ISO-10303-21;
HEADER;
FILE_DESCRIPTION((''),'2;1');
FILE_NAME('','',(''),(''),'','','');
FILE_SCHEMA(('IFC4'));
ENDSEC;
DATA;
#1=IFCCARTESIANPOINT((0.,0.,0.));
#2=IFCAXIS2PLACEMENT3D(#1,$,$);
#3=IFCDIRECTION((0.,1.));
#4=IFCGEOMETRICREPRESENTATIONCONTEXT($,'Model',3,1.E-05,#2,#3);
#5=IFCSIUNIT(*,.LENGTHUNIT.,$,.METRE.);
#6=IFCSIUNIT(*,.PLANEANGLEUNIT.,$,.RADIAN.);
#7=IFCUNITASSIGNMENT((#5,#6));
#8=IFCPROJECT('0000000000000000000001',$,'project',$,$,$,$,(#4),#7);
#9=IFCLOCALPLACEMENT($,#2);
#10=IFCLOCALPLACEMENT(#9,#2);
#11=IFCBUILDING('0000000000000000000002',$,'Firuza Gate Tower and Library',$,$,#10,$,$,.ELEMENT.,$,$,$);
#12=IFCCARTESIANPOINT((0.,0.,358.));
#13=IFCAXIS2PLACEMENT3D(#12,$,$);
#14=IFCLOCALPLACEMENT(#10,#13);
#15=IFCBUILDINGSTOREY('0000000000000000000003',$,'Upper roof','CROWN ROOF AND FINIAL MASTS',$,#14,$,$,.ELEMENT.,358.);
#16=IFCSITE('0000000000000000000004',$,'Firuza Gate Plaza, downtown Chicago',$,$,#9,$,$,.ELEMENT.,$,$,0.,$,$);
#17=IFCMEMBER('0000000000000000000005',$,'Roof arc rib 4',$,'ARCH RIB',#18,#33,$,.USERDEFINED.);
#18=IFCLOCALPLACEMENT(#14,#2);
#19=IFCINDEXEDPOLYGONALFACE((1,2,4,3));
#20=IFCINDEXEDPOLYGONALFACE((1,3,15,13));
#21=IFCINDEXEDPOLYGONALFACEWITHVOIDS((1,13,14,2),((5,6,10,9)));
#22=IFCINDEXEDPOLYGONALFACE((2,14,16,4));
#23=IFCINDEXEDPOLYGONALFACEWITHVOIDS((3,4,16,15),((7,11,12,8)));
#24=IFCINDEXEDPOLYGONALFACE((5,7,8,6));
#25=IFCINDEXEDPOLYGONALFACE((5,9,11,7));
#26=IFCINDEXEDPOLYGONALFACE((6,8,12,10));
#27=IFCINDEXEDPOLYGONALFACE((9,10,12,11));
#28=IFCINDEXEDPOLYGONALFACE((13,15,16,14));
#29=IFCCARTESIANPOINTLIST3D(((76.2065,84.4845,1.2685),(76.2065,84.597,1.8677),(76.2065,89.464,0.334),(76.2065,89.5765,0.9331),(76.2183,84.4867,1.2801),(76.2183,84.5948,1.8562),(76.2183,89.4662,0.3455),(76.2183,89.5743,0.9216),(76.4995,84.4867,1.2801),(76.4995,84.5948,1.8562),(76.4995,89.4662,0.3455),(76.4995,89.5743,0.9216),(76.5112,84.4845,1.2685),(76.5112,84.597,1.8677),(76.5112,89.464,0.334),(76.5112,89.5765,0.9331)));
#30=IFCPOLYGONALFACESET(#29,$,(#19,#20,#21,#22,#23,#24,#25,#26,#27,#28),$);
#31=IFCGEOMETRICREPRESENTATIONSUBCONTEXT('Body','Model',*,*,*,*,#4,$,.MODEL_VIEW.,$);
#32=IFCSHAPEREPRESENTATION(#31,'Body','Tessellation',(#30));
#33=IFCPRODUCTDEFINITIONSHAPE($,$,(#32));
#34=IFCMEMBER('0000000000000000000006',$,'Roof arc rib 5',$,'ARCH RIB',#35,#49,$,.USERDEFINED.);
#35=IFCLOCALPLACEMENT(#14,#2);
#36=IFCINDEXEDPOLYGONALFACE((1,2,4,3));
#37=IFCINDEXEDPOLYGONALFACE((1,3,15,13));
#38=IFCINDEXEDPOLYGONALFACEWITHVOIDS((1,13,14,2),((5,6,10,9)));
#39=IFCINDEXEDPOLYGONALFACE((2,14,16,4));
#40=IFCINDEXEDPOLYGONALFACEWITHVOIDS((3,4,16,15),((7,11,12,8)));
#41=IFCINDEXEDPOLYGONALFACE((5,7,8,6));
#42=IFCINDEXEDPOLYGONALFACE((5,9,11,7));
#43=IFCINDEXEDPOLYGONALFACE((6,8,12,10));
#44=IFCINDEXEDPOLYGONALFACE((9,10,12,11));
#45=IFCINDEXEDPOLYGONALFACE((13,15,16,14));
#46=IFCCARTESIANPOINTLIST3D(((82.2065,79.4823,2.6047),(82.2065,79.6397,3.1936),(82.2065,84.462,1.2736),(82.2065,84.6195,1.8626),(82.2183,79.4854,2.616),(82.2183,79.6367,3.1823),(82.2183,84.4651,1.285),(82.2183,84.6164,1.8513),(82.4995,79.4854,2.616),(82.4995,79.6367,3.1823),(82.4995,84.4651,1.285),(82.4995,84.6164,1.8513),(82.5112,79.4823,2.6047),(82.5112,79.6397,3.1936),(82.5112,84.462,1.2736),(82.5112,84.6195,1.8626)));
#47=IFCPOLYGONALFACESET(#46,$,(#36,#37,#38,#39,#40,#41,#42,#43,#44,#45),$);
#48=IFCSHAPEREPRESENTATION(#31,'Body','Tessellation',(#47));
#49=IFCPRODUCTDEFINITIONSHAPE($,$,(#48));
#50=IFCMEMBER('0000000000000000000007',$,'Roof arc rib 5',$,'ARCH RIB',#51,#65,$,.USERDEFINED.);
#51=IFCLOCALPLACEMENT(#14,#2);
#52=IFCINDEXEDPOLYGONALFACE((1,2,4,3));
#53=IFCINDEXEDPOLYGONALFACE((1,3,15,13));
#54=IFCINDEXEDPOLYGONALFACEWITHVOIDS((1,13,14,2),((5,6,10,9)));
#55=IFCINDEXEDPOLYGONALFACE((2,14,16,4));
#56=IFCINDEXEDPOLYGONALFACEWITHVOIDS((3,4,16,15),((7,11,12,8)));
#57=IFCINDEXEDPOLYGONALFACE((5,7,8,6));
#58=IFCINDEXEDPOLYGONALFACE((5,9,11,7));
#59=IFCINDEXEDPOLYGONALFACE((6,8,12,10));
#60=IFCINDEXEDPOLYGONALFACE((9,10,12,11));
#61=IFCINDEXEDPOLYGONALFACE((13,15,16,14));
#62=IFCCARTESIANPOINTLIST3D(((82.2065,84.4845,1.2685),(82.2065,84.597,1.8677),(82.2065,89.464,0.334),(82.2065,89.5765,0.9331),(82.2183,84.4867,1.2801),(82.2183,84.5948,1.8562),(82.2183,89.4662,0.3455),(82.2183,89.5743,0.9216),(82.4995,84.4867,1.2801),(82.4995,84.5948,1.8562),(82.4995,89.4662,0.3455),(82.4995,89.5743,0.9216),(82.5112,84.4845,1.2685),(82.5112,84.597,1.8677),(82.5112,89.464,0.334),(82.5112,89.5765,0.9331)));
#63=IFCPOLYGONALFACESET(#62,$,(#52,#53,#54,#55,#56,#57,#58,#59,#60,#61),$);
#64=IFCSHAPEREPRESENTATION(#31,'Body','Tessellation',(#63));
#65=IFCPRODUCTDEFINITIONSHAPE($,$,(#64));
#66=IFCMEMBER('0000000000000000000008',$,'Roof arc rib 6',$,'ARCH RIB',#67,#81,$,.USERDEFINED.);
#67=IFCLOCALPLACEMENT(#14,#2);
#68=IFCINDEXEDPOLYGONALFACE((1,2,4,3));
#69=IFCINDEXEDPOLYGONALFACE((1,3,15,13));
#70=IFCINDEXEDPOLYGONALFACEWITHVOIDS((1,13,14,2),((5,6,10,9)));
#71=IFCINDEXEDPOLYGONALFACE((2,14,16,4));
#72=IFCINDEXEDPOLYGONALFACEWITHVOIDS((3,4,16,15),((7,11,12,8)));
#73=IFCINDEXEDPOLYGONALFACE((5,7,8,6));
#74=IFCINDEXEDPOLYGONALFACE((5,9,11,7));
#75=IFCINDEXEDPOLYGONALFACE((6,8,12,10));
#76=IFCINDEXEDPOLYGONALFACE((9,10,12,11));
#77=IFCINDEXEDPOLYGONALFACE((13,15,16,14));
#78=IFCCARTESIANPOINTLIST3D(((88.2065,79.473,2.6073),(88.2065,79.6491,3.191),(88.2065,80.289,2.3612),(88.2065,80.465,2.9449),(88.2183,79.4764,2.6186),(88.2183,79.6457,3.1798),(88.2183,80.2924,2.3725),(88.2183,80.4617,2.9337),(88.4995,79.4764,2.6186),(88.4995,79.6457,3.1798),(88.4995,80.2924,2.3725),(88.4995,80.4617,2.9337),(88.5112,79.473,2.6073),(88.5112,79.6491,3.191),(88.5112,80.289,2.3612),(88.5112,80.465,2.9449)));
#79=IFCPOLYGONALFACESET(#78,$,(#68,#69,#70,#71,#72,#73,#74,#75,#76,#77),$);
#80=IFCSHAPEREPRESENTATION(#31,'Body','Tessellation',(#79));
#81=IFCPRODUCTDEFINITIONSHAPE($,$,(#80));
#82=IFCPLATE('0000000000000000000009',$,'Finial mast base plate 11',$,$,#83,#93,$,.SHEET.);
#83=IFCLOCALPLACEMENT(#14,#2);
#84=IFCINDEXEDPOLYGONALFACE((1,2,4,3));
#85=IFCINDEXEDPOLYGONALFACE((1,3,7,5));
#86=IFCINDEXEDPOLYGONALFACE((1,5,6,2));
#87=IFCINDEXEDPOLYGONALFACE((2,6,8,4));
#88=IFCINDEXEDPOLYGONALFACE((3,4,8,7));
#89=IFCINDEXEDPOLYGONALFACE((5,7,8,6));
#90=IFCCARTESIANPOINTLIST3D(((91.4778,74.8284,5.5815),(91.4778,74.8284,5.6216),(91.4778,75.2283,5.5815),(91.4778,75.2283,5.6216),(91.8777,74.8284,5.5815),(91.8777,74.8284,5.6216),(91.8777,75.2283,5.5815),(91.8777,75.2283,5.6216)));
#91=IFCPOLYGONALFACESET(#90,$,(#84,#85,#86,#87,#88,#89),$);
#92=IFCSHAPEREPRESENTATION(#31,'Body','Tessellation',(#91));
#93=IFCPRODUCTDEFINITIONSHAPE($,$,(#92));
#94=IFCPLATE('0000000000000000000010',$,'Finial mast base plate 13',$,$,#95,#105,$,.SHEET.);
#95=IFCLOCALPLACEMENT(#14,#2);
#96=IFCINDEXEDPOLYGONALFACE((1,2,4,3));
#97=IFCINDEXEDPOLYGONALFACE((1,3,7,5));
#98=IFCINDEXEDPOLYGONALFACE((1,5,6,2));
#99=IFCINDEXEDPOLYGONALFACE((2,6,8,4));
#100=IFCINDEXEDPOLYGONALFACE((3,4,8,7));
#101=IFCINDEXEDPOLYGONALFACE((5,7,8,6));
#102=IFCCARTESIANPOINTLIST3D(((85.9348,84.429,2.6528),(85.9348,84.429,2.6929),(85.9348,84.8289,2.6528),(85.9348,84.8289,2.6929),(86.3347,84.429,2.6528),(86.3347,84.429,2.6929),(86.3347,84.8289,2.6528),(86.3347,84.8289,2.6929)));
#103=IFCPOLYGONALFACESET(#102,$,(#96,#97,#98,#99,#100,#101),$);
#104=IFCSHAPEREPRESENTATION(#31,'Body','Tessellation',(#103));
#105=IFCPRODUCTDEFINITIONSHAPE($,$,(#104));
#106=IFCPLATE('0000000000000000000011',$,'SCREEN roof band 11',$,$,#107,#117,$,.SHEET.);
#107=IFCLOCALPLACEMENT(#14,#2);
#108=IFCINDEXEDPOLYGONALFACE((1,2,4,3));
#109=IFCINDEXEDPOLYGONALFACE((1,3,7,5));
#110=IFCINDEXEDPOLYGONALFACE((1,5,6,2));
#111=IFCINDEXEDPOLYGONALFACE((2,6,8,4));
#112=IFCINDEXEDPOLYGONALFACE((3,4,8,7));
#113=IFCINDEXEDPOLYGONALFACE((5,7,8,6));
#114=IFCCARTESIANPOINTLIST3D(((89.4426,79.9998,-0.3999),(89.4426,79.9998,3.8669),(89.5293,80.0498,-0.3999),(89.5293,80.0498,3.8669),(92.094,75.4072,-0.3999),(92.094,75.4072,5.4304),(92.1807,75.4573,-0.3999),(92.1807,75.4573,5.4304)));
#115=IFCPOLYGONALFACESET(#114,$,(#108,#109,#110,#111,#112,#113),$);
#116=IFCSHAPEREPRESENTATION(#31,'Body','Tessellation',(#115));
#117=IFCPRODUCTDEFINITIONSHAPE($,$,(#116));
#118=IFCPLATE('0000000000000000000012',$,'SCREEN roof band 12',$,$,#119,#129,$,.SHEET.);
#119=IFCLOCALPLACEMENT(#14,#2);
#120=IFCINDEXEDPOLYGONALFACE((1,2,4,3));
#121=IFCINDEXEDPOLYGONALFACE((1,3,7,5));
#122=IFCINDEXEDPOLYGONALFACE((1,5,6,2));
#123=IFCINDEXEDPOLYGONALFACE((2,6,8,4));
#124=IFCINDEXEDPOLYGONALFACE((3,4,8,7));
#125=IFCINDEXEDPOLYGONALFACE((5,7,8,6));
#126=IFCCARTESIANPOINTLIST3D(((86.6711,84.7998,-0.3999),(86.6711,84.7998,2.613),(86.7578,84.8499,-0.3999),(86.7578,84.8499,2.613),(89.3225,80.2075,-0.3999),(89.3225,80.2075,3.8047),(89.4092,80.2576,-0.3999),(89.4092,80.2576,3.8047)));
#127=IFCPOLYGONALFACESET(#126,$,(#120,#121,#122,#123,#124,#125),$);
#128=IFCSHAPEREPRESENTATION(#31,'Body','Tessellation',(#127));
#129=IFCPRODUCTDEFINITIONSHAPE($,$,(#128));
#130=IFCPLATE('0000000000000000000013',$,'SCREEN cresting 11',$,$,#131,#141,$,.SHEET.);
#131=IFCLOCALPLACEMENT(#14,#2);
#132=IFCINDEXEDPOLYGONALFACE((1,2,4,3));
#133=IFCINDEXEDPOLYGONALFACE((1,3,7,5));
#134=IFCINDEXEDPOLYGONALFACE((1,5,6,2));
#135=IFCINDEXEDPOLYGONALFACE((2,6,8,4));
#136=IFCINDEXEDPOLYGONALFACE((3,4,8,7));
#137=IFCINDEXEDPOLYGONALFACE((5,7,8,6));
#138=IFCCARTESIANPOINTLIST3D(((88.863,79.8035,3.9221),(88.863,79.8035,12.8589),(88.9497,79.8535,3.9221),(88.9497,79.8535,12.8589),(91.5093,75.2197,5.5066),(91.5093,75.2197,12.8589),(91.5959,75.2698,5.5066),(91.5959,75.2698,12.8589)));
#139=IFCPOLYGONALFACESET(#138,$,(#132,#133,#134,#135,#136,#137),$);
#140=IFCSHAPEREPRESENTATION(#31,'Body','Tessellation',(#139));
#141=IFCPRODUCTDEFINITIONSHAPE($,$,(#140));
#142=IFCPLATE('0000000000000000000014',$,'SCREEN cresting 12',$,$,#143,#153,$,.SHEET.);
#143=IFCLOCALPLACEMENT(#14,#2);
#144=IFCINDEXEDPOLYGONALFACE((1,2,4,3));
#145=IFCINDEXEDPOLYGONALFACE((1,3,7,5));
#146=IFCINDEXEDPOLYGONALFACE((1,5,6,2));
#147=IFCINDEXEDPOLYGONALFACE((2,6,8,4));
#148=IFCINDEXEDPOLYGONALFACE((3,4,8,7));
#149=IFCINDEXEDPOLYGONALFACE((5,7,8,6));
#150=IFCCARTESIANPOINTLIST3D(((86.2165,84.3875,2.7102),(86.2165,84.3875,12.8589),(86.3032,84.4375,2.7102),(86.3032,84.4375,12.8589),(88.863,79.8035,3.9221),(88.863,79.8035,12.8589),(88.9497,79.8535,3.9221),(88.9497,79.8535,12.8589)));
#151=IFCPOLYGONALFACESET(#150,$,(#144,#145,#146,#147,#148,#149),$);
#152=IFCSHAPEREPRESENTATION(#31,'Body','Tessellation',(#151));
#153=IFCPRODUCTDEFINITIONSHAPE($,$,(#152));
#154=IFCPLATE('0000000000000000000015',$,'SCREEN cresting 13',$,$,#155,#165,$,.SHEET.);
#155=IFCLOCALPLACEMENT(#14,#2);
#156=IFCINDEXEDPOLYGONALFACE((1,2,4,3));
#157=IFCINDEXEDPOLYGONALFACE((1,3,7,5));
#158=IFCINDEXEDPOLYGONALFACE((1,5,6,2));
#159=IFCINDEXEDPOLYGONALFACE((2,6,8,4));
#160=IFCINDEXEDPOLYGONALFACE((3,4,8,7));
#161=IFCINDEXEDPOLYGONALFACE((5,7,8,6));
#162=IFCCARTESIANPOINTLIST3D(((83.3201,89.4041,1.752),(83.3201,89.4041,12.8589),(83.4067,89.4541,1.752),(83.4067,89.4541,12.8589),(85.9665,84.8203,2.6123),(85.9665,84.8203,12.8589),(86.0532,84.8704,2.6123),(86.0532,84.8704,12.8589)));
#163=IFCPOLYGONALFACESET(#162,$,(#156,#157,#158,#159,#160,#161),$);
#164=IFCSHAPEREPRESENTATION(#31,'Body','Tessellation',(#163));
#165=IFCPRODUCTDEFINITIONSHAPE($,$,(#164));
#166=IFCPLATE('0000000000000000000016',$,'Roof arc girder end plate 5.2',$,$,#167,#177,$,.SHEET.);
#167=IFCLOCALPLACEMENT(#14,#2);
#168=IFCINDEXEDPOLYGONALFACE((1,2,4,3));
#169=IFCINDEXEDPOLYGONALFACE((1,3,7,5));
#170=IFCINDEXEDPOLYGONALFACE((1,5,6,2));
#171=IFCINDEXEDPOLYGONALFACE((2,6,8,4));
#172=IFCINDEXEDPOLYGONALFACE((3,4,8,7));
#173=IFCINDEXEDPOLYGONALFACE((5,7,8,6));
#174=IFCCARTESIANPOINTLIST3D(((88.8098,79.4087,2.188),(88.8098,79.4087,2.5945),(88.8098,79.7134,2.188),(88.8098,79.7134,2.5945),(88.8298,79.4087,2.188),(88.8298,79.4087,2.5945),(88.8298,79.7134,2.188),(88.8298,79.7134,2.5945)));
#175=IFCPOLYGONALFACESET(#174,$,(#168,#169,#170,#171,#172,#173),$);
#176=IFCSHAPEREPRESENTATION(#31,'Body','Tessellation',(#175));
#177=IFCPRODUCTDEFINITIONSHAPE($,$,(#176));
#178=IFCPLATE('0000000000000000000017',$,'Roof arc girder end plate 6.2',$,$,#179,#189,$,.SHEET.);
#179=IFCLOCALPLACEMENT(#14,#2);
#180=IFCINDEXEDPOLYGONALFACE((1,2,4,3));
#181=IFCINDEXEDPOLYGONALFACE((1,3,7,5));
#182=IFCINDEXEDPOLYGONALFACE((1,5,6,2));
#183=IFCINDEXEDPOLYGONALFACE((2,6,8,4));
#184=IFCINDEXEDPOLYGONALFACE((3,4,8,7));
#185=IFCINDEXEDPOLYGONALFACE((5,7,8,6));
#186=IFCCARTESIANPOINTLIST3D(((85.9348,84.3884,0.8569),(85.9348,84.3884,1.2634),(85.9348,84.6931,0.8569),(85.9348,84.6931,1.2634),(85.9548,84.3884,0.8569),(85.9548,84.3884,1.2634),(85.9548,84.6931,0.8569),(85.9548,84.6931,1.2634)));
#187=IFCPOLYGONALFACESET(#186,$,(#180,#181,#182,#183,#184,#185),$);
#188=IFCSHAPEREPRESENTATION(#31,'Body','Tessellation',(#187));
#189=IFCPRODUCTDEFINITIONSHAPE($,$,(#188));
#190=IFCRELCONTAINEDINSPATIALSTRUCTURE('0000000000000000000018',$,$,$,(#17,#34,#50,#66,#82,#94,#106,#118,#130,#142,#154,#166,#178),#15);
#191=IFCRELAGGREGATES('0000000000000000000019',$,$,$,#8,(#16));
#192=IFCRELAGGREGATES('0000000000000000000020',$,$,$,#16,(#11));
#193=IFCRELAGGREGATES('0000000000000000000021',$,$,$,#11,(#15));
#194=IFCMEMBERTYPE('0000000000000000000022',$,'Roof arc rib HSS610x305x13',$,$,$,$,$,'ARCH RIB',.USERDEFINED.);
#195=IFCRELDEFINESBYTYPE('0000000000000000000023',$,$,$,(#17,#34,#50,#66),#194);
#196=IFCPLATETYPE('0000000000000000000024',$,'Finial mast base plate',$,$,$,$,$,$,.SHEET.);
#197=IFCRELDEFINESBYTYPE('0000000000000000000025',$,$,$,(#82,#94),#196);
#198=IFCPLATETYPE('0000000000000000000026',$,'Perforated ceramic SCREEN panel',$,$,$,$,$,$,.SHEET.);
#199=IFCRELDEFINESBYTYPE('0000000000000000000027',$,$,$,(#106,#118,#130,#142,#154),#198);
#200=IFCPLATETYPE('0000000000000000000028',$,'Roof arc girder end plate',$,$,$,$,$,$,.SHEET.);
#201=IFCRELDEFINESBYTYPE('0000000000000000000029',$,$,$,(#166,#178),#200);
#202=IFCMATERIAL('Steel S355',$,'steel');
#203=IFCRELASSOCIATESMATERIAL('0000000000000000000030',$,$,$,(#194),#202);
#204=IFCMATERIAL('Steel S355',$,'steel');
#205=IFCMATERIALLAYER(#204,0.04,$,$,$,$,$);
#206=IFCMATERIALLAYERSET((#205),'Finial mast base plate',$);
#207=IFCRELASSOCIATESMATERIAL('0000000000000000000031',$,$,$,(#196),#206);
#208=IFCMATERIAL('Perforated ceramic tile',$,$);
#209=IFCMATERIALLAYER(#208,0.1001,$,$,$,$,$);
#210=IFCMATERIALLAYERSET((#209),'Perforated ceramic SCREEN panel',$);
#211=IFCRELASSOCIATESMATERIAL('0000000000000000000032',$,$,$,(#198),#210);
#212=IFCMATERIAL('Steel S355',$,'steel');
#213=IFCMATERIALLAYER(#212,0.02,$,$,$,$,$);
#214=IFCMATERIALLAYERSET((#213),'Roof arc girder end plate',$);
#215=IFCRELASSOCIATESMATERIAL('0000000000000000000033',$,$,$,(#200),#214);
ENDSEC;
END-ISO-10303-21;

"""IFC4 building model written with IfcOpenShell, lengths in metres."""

from ifc_helpers import new_model, si_unit, direction, frame, origin, origin_2d, place, context, subcontext, project, spatial, polyline, rectangle, hollow_rectangle, outline, extrude, material, layer, layer_set, material_profile, profile_set, type_object, element, save


model = new_model("IFC4")

# Units and contexts
model_context = context("Model", 3, precision=1e-05, world=origin(), true_north=direction((0.0, 1.0)))
body_context = subcontext(model_context, "Body", "Model", "MODEL_VIEW")
ifc_project = project(units=[si_unit("LENGTHUNIT", "METRE"), si_unit("PLANEANGLEUNIT", "RADIAN")], contexts=[model_context])

# Site, building, storey
site_placement = place(None, origin())
site = spatial("IfcSite", under=ifc_project, at=site_placement, Name="Firuza Gate Plaza, downtown Chicago", CompositionType="ELEMENT", RefElevation=0.0)
building_placement = place(site_placement, origin())
building = spatial("IfcBuilding", under=site, at=building_placement, Name="Firuza Gate Tower and Library", CompositionType="ELEMENT")
storey_placement = place(building_placement, frame((0.0, 0.0, 358.0)))
storey = spatial("IfcBuildingStorey", under=building, at=storey_placement, Name="Upper roof", Description="CROWN ROOF AND FINIAL MASTS", CompositionType="ELEMENT", Elevation=358.0)

# Members
ifc_material_1 = material(Name="Steel S355", Category="steel")
ifc_material_profile_1 = material_profile(ifc_material_1, hollow_rectangle(XDim=0.3047, YDim=0.6096, WallThickness=0.0117, at=origin_2d()))
ifc_profile_set_1 = profile_set([ifc_material_profile_1], Name="Steel S355")
member_type_1 = type_object("IfcMemberType", Name="Roof arc rib HSS610x305x13", ElementType="ARCH RIB", PredefinedType="USERDEFINED", material=ifc_profile_set_1)
member_1_placement = place(storey_placement, frame((76.3589, 84.5408, 1.5681), z_axis=(0.0, 0.982839, -0.184463), x_axis=(-1.0, 0.0, 0.0)))
element("IfcMember", 1, at=member_1_placement, inside=storey, type_object=member_type_1, Name="Roof arc rib 4", ObjectType="ARCH RIB", PredefinedType="USERDEFINED", context=body_context, shape_type="SweptSolid", body=[
    extrude(hollow_rectangle(XDim=0.3047, YDim=0.6096, WallThickness=0.0117, at=origin_2d()), origin(), (0.0, 0.0, 1.0), 5.0664),
])
member_2_placement = place(storey_placement, frame((82.3589, 79.561, 2.8992), z_axis=(0.0, 0.966084, -0.258229), x_axis=(-1.0, 0.0, 0.0)))
element("IfcMember", 2, at=member_2_placement, inside=storey, type_object=member_type_1, Name="Roof arc rib 5", ObjectType="ARCH RIB", PredefinedType="USERDEFINED", context=body_context, shape_type="SweptSolid", body=[
    extrude(hollow_rectangle(XDim=0.3047, YDim=0.6096, WallThickness=0.0117, at=origin_2d()), origin(), (0.0, 0.0, 1.0), 5.1545),
])
member_3_placement = place(storey_placement, frame((82.3589, 84.5408, 1.5681), z_axis=(0.0, 0.982839, -0.184463), x_axis=(-1.0, 0.0, 0.0)))
element("IfcMember", 3, at=member_3_placement, inside=storey, type_object=member_type_1, Name="Roof arc rib 5", ObjectType="ARCH RIB", PredefinedType="USERDEFINED", context=body_context, shape_type="SweptSolid", body=[
    extrude(hollow_rectangle(XDim=0.3047, YDim=0.6096, WallThickness=0.0117, at=origin_2d()), origin(), (0.0, 0.0, 1.0), 5.0664),
])
member_4_placement = place(storey_placement, frame((88.3589, 79.561, 2.8992), z_axis=(0.0, 0.957399, -0.288767), x_axis=(-1.0, 0.0, 0.0)))
element("IfcMember", 4, at=member_4_placement, inside=storey, type_object=member_type_1, Name="Roof arc rib 6", ObjectType="ARCH RIB", PredefinedType="USERDEFINED", context=body_context, shape_type="SweptSolid", body=[
    extrude(hollow_rectangle(XDim=0.3047, YDim=0.6096, WallThickness=0.0117, at=origin_2d()), origin(), (0.0, 0.0, 1.0), 0.8523),
])

# Plates
ifc_material_2 = material(Name="Steel S355", Category="steel")
ifc_layer_1 = layer(ifc_material_2, 0.04)
ifc_layer_set_1 = layer_set([ifc_layer_1], Name="Finial mast base plate")
plate_type_1 = type_object("IfcPlateType", Name="Finial mast base plate", PredefinedType="SHEET", material=ifc_layer_set_1)
for number, where, z_axis, x_axis, name in (
    (5, (91.6777, 75.0283, 5.5815), (0.0, 0.0, 1.0), (1.0, 0.0, 0.0), "Finial mast base plate 11"),
    (6, (86.1348, 84.6289, 2.6528), (0.0, 0.0, 1.0), (1.0, 0.0, 0.0), "Finial mast base plate 13"),
):
    element("IfcPlate", number, at=place(storey_placement, frame(where, z_axis=z_axis, x_axis=x_axis)), inside=storey, type_object=plate_type_1, Name=name, PredefinedType="SHEET", context=body_context, shape_type="SweptSolid", body=[
        extrude(rectangle(XDim=0.3999, YDim=0.3999, at=origin_2d()), origin(), (0.0, 0.0, 1.0), 0.04),
    ])
ifc_material_3 = material(Name="Perforated ceramic tile")
ifc_layer_2 = layer(ifc_material_3, 0.1001)
ifc_layer_set_2 = layer_set([ifc_layer_2], Name="Perforated ceramic SCREEN panel")
plate_type_2 = type_object("IfcPlateType", Name="Perforated ceramic SCREEN panel", PredefinedType="SHEET", material=ifc_layer_set_2)
plate_1_placement = place(storey_placement, frame((92.1807, 75.4573, -0.3999), z_axis=(0.866036, 0.499981, 0.0), x_axis=(-0.499981, 0.866036, 0.0)))
element("IfcPlate", 7, at=plate_1_placement, inside=storey, type_object=plate_type_2, Name="SCREEN roof band 11", PredefinedType="SHEET", context=body_context, shape_type="SweptSolid", body=[
    extrude(outline(polyline([(0.0, 0.0), (5.3029, 0.0), (5.3029, 4.2668), (0.0, 5.8303), (0.0, 0.0)])), origin(), (0.0, 0.0, -1.0), 0.1001),
])
plate_2_placement = place(storey_placement, frame((89.4092, 80.2576, -0.3999), z_axis=(0.866025, 0.500001, 0.0), x_axis=(-0.500001, 0.866025, 0.0)))
element("IfcPlate", 8, at=plate_2_placement, inside=storey, type_object=plate_type_2, Name="SCREEN roof band 12", PredefinedType="SHEET", context=body_context, shape_type="SweptSolid", body=[
    extrude(outline(polyline([(0.0, 0.0), (5.3027, 0.0), (5.3027, 3.0129), (0.0, 4.2046), (0.0, 0.0)])), origin(), (0.0, 0.0, -1.0), 0.1001),
])
plate_3_placement = place(storey_placement, frame((91.5959, 75.2698, 5.5066), z_axis=(0.86604, 0.499974, 0.0), x_axis=(-0.478972, 0.829661, -0.286791)))
element("IfcPlate", 9, at=plate_3_placement, inside=storey, type_object=plate_type_2, Name="SCREEN cresting 11", PredefinedType="SHEET", context=body_context, shape_type="SweptSolid", body=[
    extrude(outline(polyline([(0.0, 0.0), (5.5248, 0.0), (2.9619, 8.5614), (-2.1086, 7.0434), (0.0, 0.0)])), origin(), (0.0, 0.0, -1.0), 0.1001),
])
plate_4_placement = place(storey_placement, frame((88.9497, 79.8535, 3.9221), z_axis=(0.866032, 0.499989, 0.0), x_axis=(-0.487377, 0.844187, -0.223186)))
element("IfcPlate", 10, at=plate_4_placement, inside=storey, type_object=plate_type_2, Name="SCREEN cresting 12", PredefinedType="SHEET", context=body_context, shape_type="SweptSolid", body=[
    extrude(outline(polyline([(0.0, 0.0), (5.4301, 0.0), (3.165, 9.8927), (-1.9946, 8.7113), (0.0, 0.0)])), origin(), (0.0, 0.0, -1.0), 0.1001),
])
plate_5_placement = place(storey_placement, frame((86.0532, 84.8704, 2.6123), z_axis=(0.86602, 0.500009, 0.0), x_axis=(-0.493531, 0.854801, -0.160443)))
element("IfcPlate", 11, at=plate_5_placement, inside=storey, type_object=plate_type_2, Name="SCREEN cresting 13", PredefinedType="SHEET", context=body_context, shape_type="SweptSolid", body=[
    extrude(outline(polyline([(0.0, 0.0), (5.3623, 0.0), (3.5803, 10.963), (-1.644, 10.1138), (0.0, 0.0)])), origin(), (0.0, 0.0, -1.0), 0.1001),
])
ifc_material_4 = material(Name="Steel S355", Category="steel")
ifc_layer_3 = layer(ifc_material_4, 0.02)
ifc_layer_set_3 = layer_set([ifc_layer_3], Name="Roof arc girder end plate")
plate_type_3 = type_object("IfcPlateType", Name="Roof arc girder end plate", PredefinedType="SHEET", material=ifc_layer_set_3)
for number, where, z_axis, x_axis, name in (
    (12, (88.8198, 79.561, 2.188), (0.0, 0.0, 1.0), (1.0, 0.0, 0.0), "Roof arc girder end plate 5.2"),
    (13, (85.9448, 84.5408, 0.8569), (0.0, 0.0, 1.0), (1.0, 0.0, 0.0), "Roof arc girder end plate 6.2"),
):
    element("IfcPlate", number, at=place(storey_placement, frame(where, z_axis=z_axis, x_axis=x_axis)), inside=storey, type_object=plate_type_3, Name=name, PredefinedType="SHEET", context=body_context, shape_type="SweptSolid", body=[
        extrude(rectangle(XDim=0.02, YDim=0.3047, at=origin_2d()), origin(), (0.0, 0.0, 1.0), 0.4065),
    ])

save(model, "model.ifc")
